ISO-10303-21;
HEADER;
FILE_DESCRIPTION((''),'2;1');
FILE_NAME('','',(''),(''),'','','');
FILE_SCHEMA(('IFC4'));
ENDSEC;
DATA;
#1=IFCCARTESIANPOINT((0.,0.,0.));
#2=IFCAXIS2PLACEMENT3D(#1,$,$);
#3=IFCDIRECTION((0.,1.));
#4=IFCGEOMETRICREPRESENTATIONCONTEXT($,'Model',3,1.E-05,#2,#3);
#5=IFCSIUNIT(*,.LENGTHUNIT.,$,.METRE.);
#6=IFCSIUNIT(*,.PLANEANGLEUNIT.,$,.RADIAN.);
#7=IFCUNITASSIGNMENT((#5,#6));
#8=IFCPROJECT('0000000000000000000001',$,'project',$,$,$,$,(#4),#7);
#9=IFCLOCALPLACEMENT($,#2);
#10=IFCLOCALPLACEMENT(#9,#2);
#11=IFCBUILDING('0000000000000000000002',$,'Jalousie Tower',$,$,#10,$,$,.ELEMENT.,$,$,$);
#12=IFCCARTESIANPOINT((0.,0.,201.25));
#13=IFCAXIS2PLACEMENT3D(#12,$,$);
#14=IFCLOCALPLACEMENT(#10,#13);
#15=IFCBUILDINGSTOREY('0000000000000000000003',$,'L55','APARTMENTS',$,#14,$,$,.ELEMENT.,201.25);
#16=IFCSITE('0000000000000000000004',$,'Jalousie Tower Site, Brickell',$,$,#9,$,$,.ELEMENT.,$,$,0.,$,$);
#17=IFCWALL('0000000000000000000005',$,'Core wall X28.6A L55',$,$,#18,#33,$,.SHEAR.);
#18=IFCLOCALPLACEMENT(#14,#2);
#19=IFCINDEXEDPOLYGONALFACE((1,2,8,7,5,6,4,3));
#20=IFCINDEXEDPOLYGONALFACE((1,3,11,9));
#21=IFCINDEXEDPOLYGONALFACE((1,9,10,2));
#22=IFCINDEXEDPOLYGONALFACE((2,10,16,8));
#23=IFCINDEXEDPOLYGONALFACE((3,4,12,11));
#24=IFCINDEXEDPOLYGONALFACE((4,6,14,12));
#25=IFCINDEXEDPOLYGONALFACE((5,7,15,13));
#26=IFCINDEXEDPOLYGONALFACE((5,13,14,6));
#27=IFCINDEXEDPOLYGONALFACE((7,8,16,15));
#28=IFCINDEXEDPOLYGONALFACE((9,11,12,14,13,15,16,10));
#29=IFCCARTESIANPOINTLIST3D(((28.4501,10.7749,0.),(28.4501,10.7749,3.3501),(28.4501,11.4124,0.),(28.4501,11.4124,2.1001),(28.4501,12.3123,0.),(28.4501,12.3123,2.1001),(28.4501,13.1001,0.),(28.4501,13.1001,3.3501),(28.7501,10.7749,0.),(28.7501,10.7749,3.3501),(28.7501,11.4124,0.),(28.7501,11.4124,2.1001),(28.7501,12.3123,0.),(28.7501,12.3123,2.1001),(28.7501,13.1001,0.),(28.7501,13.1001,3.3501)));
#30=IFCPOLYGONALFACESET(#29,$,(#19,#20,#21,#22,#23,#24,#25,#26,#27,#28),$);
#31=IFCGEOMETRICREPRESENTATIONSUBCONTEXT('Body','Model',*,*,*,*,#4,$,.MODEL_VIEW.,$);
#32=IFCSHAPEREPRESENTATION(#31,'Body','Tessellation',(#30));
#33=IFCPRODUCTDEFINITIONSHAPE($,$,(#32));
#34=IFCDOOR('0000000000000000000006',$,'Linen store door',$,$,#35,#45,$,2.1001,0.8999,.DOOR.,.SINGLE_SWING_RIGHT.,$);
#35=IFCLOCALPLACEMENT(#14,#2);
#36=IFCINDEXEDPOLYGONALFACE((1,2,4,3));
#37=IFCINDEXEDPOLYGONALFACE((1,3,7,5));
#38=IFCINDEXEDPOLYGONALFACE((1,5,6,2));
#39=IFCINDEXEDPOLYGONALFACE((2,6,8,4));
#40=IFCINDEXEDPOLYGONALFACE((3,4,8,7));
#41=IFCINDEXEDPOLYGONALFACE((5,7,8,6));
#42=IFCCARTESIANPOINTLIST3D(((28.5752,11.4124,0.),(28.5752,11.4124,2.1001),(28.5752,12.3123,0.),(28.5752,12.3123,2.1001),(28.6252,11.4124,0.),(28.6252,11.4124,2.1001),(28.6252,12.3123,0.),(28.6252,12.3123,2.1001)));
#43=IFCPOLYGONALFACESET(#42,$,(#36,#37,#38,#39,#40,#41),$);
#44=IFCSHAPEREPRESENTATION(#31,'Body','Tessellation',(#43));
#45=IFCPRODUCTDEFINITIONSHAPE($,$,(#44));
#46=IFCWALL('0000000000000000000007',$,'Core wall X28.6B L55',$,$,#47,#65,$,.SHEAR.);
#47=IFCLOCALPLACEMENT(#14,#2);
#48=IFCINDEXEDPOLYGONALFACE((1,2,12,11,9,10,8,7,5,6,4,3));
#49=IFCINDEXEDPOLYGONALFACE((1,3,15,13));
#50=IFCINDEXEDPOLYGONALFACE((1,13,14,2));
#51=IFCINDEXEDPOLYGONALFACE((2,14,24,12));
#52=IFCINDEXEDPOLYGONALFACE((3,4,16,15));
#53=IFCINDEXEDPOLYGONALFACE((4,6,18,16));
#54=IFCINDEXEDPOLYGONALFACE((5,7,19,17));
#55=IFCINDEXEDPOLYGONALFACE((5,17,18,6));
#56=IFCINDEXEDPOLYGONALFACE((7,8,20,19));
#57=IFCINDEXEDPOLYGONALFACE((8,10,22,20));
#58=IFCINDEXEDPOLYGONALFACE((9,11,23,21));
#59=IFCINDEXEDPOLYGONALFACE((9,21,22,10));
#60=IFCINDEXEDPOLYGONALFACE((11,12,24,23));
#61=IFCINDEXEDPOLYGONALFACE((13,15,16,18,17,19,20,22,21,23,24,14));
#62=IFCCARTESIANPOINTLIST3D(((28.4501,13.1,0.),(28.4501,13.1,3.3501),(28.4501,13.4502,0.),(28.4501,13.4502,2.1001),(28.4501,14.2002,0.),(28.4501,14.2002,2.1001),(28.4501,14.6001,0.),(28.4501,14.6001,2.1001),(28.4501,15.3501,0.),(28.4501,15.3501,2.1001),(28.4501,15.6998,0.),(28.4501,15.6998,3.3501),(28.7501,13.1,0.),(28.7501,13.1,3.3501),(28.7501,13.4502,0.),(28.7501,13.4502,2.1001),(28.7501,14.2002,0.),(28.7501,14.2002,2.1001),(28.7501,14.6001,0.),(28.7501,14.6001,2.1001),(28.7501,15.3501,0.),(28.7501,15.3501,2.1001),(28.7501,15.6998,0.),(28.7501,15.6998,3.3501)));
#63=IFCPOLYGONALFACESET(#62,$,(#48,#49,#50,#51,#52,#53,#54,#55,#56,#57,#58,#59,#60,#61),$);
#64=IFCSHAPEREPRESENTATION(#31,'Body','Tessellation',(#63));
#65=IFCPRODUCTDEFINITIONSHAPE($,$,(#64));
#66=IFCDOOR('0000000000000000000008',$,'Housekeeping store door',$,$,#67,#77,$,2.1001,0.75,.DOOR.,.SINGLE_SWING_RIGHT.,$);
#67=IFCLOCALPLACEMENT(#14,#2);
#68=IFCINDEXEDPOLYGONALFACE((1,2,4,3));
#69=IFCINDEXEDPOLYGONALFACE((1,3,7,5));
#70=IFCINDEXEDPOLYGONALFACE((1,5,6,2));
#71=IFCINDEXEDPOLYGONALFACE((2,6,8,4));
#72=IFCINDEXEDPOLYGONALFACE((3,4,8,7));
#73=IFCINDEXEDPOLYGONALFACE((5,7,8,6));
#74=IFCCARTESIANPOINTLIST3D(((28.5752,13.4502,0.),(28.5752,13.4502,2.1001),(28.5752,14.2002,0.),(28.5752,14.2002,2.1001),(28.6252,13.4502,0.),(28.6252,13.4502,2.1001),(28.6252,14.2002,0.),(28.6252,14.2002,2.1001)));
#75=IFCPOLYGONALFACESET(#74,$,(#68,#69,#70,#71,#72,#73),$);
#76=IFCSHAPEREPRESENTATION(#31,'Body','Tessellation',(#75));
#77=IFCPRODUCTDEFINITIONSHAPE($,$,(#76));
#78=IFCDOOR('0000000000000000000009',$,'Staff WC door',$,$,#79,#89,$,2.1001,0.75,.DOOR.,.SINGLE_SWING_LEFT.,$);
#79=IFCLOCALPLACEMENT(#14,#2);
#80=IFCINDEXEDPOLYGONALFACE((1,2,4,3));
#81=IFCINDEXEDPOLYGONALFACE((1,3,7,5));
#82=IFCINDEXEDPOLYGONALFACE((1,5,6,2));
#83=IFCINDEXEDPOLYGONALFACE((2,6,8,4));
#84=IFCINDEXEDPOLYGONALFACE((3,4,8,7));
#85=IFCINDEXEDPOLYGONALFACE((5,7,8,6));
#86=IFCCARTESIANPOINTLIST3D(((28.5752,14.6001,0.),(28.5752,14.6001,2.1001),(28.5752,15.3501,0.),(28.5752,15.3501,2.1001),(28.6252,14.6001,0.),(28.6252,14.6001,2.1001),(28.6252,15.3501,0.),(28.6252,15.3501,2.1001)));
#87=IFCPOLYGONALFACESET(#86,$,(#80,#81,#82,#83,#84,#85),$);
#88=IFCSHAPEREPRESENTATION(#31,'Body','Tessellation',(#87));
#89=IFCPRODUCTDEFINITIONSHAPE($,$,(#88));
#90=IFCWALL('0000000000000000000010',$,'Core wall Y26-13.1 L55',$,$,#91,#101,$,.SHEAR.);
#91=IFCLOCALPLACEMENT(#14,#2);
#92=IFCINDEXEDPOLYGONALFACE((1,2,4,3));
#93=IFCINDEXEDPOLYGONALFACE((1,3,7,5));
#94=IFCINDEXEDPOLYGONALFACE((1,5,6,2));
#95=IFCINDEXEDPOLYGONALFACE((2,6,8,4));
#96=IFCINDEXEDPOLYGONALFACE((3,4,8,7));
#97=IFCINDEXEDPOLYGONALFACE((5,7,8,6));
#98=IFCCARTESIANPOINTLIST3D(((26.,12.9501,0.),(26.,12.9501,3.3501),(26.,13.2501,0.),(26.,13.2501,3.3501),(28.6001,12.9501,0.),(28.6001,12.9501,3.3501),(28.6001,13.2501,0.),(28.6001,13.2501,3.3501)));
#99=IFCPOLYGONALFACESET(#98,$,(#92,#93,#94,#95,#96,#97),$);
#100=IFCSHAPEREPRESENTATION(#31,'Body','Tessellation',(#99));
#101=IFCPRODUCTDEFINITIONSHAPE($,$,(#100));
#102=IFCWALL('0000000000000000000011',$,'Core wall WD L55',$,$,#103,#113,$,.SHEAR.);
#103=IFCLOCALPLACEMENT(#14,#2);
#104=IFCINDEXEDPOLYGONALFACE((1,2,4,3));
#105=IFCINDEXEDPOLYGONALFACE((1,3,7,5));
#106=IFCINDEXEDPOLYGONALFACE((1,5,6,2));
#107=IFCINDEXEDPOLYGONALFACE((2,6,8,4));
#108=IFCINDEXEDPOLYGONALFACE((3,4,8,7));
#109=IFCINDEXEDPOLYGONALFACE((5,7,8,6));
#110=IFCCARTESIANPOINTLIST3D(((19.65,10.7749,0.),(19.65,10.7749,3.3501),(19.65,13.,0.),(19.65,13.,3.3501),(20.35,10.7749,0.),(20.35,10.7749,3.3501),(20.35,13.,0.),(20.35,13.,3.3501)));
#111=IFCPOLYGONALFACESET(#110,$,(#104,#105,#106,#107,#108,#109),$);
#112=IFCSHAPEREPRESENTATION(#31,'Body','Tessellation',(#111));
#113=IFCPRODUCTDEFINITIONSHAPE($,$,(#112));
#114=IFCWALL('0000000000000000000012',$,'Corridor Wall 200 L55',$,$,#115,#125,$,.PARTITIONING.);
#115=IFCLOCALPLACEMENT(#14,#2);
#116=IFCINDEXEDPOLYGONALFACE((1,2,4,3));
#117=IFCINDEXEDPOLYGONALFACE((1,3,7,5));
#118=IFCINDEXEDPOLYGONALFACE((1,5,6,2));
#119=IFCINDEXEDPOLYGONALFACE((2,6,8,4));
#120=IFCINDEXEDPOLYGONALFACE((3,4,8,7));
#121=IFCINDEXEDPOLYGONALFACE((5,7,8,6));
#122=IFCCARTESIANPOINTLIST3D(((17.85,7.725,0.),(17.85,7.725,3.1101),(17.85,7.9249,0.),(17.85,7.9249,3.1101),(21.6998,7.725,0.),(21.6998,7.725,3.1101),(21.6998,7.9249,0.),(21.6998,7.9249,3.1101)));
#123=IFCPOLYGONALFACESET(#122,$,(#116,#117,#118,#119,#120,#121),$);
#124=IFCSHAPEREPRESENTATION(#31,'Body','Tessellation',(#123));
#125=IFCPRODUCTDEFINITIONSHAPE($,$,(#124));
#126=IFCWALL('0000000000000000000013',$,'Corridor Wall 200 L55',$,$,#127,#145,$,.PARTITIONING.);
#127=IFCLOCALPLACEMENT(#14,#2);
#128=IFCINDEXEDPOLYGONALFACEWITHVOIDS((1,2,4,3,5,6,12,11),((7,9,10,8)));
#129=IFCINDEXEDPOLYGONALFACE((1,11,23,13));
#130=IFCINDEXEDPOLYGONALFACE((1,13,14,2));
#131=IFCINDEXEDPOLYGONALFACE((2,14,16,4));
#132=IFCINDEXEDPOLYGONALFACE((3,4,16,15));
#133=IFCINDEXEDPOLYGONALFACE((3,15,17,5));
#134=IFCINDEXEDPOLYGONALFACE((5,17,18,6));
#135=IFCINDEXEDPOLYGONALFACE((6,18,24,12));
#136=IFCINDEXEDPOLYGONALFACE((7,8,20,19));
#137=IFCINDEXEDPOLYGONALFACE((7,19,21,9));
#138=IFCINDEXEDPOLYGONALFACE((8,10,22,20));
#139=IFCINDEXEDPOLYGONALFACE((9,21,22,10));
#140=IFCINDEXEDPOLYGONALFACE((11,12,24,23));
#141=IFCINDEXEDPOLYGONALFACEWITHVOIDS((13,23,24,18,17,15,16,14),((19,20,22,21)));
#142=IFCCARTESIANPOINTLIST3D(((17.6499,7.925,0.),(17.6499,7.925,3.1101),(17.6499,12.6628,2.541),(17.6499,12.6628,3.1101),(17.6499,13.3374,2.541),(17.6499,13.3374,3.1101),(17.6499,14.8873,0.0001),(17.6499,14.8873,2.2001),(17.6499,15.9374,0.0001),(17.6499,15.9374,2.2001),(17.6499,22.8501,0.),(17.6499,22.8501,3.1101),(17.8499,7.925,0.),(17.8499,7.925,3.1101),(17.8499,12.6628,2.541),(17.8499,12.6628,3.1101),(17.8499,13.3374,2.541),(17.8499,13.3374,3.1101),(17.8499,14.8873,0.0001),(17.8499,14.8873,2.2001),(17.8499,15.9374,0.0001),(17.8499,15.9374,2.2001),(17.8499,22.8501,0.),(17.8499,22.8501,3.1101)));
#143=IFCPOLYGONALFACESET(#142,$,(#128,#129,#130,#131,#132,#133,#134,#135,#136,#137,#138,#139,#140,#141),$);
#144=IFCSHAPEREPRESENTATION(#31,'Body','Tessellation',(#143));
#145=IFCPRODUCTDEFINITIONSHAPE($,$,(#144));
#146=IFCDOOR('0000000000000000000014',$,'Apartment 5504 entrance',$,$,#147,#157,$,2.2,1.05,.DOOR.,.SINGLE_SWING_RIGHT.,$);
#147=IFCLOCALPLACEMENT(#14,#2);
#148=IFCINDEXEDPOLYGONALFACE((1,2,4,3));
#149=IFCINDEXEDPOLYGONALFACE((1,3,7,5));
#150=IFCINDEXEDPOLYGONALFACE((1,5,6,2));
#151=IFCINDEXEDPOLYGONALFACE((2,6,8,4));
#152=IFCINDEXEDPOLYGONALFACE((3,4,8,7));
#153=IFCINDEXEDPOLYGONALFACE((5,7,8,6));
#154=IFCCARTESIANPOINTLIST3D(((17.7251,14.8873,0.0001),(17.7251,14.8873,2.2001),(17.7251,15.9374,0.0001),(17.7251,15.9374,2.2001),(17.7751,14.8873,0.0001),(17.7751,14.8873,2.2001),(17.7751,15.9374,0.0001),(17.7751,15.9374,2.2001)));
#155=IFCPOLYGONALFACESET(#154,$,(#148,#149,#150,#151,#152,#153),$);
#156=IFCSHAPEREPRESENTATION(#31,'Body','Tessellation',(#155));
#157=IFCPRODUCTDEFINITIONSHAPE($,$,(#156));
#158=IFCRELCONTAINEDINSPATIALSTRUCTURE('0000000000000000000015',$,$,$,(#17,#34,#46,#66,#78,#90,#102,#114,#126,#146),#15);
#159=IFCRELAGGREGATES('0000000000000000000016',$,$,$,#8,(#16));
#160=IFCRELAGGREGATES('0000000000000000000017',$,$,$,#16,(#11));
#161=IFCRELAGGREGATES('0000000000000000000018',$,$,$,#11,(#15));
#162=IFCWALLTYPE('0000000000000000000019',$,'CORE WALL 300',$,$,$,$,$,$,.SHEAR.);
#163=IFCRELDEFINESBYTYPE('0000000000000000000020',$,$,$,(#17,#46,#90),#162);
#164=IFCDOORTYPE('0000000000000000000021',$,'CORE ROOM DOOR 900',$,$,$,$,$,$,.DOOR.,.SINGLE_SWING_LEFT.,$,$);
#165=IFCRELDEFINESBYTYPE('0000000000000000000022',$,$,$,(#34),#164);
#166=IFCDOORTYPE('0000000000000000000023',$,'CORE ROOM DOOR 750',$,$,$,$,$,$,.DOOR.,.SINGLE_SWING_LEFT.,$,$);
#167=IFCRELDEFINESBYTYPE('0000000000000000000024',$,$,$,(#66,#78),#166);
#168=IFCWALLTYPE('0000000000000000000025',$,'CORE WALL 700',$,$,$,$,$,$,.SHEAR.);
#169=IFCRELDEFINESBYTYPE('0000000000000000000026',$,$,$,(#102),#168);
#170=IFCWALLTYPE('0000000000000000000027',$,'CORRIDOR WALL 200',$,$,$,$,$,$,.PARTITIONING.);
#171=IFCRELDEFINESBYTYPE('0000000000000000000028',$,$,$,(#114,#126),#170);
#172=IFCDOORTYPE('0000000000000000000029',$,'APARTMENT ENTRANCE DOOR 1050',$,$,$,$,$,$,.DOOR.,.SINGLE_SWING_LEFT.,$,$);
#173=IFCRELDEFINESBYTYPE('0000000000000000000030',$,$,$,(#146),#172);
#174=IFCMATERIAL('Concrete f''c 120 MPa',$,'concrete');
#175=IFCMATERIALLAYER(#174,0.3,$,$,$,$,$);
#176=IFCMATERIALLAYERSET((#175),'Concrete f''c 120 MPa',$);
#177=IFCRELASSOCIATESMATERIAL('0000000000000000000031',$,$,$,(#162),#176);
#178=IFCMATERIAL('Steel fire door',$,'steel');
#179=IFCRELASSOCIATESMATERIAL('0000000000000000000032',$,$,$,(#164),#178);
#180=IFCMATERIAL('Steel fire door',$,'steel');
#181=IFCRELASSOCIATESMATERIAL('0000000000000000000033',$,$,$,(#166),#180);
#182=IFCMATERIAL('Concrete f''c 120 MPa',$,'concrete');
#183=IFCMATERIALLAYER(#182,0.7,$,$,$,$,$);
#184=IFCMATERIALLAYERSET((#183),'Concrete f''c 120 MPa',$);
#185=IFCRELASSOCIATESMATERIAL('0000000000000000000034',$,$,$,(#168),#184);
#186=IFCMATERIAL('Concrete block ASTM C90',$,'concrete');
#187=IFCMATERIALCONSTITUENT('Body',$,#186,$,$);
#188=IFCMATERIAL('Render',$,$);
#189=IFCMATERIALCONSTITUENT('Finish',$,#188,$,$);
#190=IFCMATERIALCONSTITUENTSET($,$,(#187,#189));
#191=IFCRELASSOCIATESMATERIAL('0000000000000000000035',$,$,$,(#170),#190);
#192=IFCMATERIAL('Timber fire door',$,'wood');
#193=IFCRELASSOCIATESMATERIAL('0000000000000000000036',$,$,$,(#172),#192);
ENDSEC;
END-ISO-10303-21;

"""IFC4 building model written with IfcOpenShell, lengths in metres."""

from ifc_helpers import new_model, si_unit, direction, frame, frame_2d, origin, place, context, subcontext, project, spatial, polyline, rectangle, outline, extrude, material, layer, layer_set, constituent, constituent_set, type_object, element, fill, save


model = new_model("IFC4")

# Units and contexts
model_context = context("Model", 3, precision=1e-05, world=origin(), true_north=direction((0.0, 1.0)))
body_context = subcontext(model_context, "Body", "Model", "MODEL_VIEW")
ifc_project = project(units=[si_unit("LENGTHUNIT", "METRE"), si_unit("PLANEANGLEUNIT", "RADIAN")], contexts=[model_context])

# Site, building, storey
site_placement = place(None, origin())
site = spatial("IfcSite", under=ifc_project, at=site_placement, Name="Jalousie Tower Site, Brickell", CompositionType="ELEMENT", RefElevation=0.0)
building_placement = place(site_placement, origin())
building = spatial("IfcBuilding", under=site, at=building_placement, Name="Jalousie Tower", CompositionType="ELEMENT")
storey_placement = place(building_placement, frame((0.0, 0.0, 201.25)))
storey = spatial("IfcBuildingStorey", under=building, at=storey_placement, Name="L55", Description="APARTMENTS", CompositionType="ELEMENT", Elevation=201.25)

# Shared definitions
ifc_material_1 = material(Name="Concrete f'c 120 MPa", Category="concrete")
ifc_layer_1 = layer(ifc_material_1, 0.3)
ifc_layer_set_1 = layer_set([ifc_layer_1], Name="Concrete f'c 120 MPa")
wall_type_1 = type_object("IfcWallType", Name="CORE WALL 300", PredefinedType="SHEAR", material=ifc_layer_set_1)

# Wall, opening, door
wall_1_placement = place(storey_placement, frame((28.6001, 10.7749, 0.0), z_axis=(0.0, 0.0, 1.0), x_axis=(0.0, 1.0, 0.0)))
wall_1 = element("IfcWall", 1, at=wall_1_placement, inside=storey, type_object=wall_type_1, Name="Core wall X28.6A L55", PredefinedType="SHEAR", context=body_context, shape_type="SweptSolid", body=[
    extrude(rectangle(XDim=2.3252, YDim=0.3, at=frame_2d((1.1626, 0.0))), origin(), (0.0, 0.0, 1.0), 3.3501),
])
opening_1_placement = place(wall_1_placement, frame((0.6375, 0.0, 0.0)))
opening_1 = element("IfcOpeningElement", 2, at=opening_1_placement, cuts=wall_1, PredefinedType="OPENING", context=body_context, shape_type="SweptSolid", body=[
    extrude(rectangle(XDim=0.8999, YDim=2.1001, at=frame_2d((0.45, 1.05))), frame((0.0, 0.1599, 0.0), z_axis=(0.0, -1.0, 0.0), x_axis=(1.0, 0.0, 0.0)), (0.0, 0.0, 1.0), 0.3201),
])
ifc_material_2 = material(Name="Steel fire door", Category="steel")
door_type_1 = type_object("IfcDoorType", Name="CORE ROOM DOOR 900", OperationType="SINGLE_SWING_LEFT", PredefinedType="DOOR", material=ifc_material_2)
door_1_placement = place(opening_1_placement, origin())
door_1 = element("IfcDoor", 3, at=door_1_placement, inside=storey, type_object=door_type_1, Name="Linen store door", OperationType="SINGLE_SWING_RIGHT", OverallHeight=2.1001, OverallWidth=0.8999, PredefinedType="DOOR", context=body_context, shape_type="SweptSolid", body=[
    extrude(rectangle(XDim=0.8999, YDim=2.1001, at=frame_2d((0.45, 1.05))), frame((0.0, 0.0249, 0.0), z_axis=(0.0, -1.0, 0.0), x_axis=(1.0, 0.0, 0.0)), (0.0, 0.0, 1.0), 0.05),
])
fill(opening_1, door_1)

# Wall, openings, doors
wall_2_placement = place(storey_placement, frame((28.6001, 13.1001, 0.0), z_axis=(0.0, 0.0, 1.0), x_axis=(0.0, 1.0, 0.0)))
wall_2 = element("IfcWall", 4, at=wall_2_placement, inside=storey, type_object=wall_type_1, Name="Core wall X28.6B L55", PredefinedType="SHEAR", context=body_context, shape_type="SweptSolid", body=[
    extrude(rectangle(XDim=2.5999, YDim=0.3, at=frame_2d((1.2998, 0.0))), origin(), (0.0, 0.0, 1.0), 3.3501),
])
opening_2_placement = place(wall_2_placement, frame((0.3501, 0.0, 0.0)))
opening_2 = element("IfcOpeningElement", 5, at=opening_2_placement, cuts=wall_2, PredefinedType="OPENING", context=body_context, shape_type="SweptSolid", body=[
    extrude(rectangle(XDim=0.75, YDim=2.1001, at=frame_2d((0.375, 1.05))), frame((0.0, 0.1599, 0.0), z_axis=(0.0, -1.0, 0.0), x_axis=(1.0, 0.0, 0.0)), (0.0, 0.0, 1.0), 0.3201),
])
opening_3_placement = place(wall_2_placement, frame((1.5, 0.0, 0.0)))
opening_3 = element("IfcOpeningElement", 6, at=opening_3_placement, cuts=wall_2, PredefinedType="OPENING", context=body_context, shape_type="SweptSolid", body=[
    extrude(rectangle(XDim=0.75, YDim=2.1001, at=frame_2d((0.375, 1.05))), frame((0.0, 0.1599, 0.0), z_axis=(0.0, -1.0, 0.0), x_axis=(1.0, 0.0, 0.0)), (0.0, 0.0, 1.0), 0.3201),
])
ifc_material_3 = material(Name="Steel fire door", Category="steel")
door_type_2 = type_object("IfcDoorType", Name="CORE ROOM DOOR 750", OperationType="SINGLE_SWING_LEFT", PredefinedType="DOOR", material=ifc_material_3)
door_2_placement = place(opening_2_placement, origin())
door_2 = element("IfcDoor", 7, at=door_2_placement, inside=storey, type_object=door_type_2, Name="Housekeeping store door", OperationType="SINGLE_SWING_RIGHT", OverallHeight=2.1001, OverallWidth=0.75, PredefinedType="DOOR", context=body_context, shape_type="SweptSolid", body=[
    extrude(rectangle(XDim=0.75, YDim=2.1001, at=frame_2d((0.375, 1.05))), frame((0.0, 0.0249, 0.0), z_axis=(0.0, -1.0, 0.0), x_axis=(1.0, 0.0, 0.0)), (0.0, 0.0, 1.0), 0.05),
])
fill(opening_2, door_2)
door_3_placement = place(opening_3_placement, origin())
door_3 = element("IfcDoor", 8, at=door_3_placement, inside=storey, type_object=door_type_2, Name="Staff WC door", OperationType="SINGLE_SWING_LEFT", OverallHeight=2.1001, OverallWidth=0.75, PredefinedType="DOOR", context=body_context, shape_type="SweptSolid", body=[
    extrude(rectangle(XDim=0.75, YDim=2.1001, at=frame_2d((0.375, 1.05))), frame((0.0, 0.0249, 0.0), z_axis=(0.0, -1.0, 0.0), x_axis=(1.0, 0.0, 0.0)), (0.0, 0.0, 1.0), 0.05),
])
fill(opening_3, door_3)

# Walls
wall_3_placement = place(storey_placement, frame((26.0, 13.1001, 0.0), z_axis=(0.0, 0.0, 1.0), x_axis=(1.0, 0.0, 0.0)))
element("IfcWall", 9, at=wall_3_placement, inside=storey, type_object=wall_type_1, Name="Core wall Y26-13.1 L55", PredefinedType="SHEAR", context=body_context, shape_type="SweptSolid", body=[
    extrude(rectangle(XDim=2.6001, YDim=0.3, at=frame_2d((1.3, 0.0))), origin(), (0.0, 0.0, 1.0), 3.3501),
])
ifc_material_4 = material(Name="Concrete f'c 120 MPa", Category="concrete")
ifc_layer_2 = layer(ifc_material_4, 0.7)
ifc_layer_set_2 = layer_set([ifc_layer_2], Name="Concrete f'c 120 MPa")
wall_type_2 = type_object("IfcWallType", Name="CORE WALL 700", PredefinedType="SHEAR", material=ifc_layer_set_2)
wall_4_placement = place(storey_placement, frame((20.0, 13.0, 0.0), z_axis=(0.0, 0.0, 1.0), x_axis=(0.0, -1.0, 0.0)))
element("IfcWall", 10, at=wall_4_placement, inside=storey, type_object=wall_type_2, Name="Core wall WD L55", PredefinedType="SHEAR", context=body_context, shape_type="SweptSolid", body=[
    extrude(rectangle(XDim=2.2251, YDim=0.7, at=frame_2d((1.1125, 0.0))), origin(), (0.0, 0.0, 1.0), 3.3501),
])
ifc_material_5 = material(Name="Concrete block ASTM C90", Category="concrete")
ifc_constituent_1 = constituent(ifc_material_5, Name="Body")
ifc_material_6 = material(Name="Render")
ifc_constituent_2 = constituent(ifc_material_6, Name="Finish")
ifc_constituent_set_1 = constituent_set(constituents=[ifc_constituent_1, ifc_constituent_2])
wall_type_3 = type_object("IfcWallType", Name="CORRIDOR WALL 200", PredefinedType="PARTITIONING", material=ifc_constituent_set_1)
wall_5_placement = place(storey_placement, frame((17.8501, 7.825, 0.0), z_axis=(0.0, 0.0, 1.0), x_axis=(1.0, 0.0, 0.0)))
element("IfcWall", 11, at=wall_5_placement, inside=storey, type_object=wall_type_3, Name="Corridor Wall 200 L55", PredefinedType="PARTITIONING", context=body_context, shape_type="SweptSolid", body=[
    extrude(rectangle(XDim=3.8499, YDim=0.2, at=frame_2d((1.9248, 0.0))), origin(), (0.0, 0.0, 1.0), 3.1101),
])

# Wall, opening, door
wall_6_placement = place(storey_placement, frame((17.75, 7.925, 0.0), z_axis=(0.0, 0.0, 1.0), x_axis=(0.0, 1.0, 0.0)))
wall_6 = element("IfcWall", 12, at=wall_6_placement, inside=storey, type_object=wall_type_3, Name="Corridor Wall 200 L55", PredefinedType="PARTITIONING", context=body_context, shape_type="SweptSolid", body=[
    extrude(outline(polyline([(0.0, 0.0), (14.925, 0.0), (14.925, 3.1101), (5.4124, 3.1101), (5.4124, 2.541), (4.7378, 2.541), (4.7378, 3.1101), (0.0, 3.1101), (0.0, 0.0)])), frame((0.0, 0.1001, 0.0), z_axis=(0.0, -1.0, 0.0), x_axis=(1.0, 0.0, 0.0)), (0.0, 0.0, 1.0), 0.2),
])
opening_4_placement = place(wall_6_placement, frame((6.9624, 0.0, 0.0)))
opening_4 = element("IfcOpeningElement", 13, at=opening_4_placement, cuts=wall_6, PredefinedType="OPENING", context=body_context, shape_type="SweptSolid", body=[
    extrude(rectangle(XDim=1.05, YDim=2.2, at=frame_2d((0.5249, 1.1001))), frame((0.0, 0.1099, 0.0), z_axis=(0.0, -1.0, 0.0), x_axis=(1.0, 0.0, 0.0)), (0.0, 0.0, 1.0), 0.22),
])
ifc_material_7 = material(Name="Timber fire door", Category="wood")
door_type_3 = type_object("IfcDoorType", Name="APARTMENT ENTRANCE DOOR 1050", OperationType="SINGLE_SWING_LEFT", PredefinedType="DOOR", material=ifc_material_7)
door_4_placement = place(opening_4_placement, origin())
door_4 = element("IfcDoor", 14, at=door_4_placement, inside=storey, type_object=door_type_3, Name="Apartment 5504 entrance", OperationType="SINGLE_SWING_RIGHT", OverallHeight=2.2, OverallWidth=1.05, PredefinedType="DOOR", context=body_context, shape_type="SweptSolid", body=[
    extrude(rectangle(XDim=1.05, YDim=2.2, at=frame_2d((0.5249, 1.1001))), frame((0.0, 0.0249, 0.0), z_axis=(0.0, -1.0, 0.0), x_axis=(1.0, 0.0, 0.0)), (0.0, 0.0, 1.0), 0.05),
])
fill(opening_4, door_4)

save(model, "model.ifc")
